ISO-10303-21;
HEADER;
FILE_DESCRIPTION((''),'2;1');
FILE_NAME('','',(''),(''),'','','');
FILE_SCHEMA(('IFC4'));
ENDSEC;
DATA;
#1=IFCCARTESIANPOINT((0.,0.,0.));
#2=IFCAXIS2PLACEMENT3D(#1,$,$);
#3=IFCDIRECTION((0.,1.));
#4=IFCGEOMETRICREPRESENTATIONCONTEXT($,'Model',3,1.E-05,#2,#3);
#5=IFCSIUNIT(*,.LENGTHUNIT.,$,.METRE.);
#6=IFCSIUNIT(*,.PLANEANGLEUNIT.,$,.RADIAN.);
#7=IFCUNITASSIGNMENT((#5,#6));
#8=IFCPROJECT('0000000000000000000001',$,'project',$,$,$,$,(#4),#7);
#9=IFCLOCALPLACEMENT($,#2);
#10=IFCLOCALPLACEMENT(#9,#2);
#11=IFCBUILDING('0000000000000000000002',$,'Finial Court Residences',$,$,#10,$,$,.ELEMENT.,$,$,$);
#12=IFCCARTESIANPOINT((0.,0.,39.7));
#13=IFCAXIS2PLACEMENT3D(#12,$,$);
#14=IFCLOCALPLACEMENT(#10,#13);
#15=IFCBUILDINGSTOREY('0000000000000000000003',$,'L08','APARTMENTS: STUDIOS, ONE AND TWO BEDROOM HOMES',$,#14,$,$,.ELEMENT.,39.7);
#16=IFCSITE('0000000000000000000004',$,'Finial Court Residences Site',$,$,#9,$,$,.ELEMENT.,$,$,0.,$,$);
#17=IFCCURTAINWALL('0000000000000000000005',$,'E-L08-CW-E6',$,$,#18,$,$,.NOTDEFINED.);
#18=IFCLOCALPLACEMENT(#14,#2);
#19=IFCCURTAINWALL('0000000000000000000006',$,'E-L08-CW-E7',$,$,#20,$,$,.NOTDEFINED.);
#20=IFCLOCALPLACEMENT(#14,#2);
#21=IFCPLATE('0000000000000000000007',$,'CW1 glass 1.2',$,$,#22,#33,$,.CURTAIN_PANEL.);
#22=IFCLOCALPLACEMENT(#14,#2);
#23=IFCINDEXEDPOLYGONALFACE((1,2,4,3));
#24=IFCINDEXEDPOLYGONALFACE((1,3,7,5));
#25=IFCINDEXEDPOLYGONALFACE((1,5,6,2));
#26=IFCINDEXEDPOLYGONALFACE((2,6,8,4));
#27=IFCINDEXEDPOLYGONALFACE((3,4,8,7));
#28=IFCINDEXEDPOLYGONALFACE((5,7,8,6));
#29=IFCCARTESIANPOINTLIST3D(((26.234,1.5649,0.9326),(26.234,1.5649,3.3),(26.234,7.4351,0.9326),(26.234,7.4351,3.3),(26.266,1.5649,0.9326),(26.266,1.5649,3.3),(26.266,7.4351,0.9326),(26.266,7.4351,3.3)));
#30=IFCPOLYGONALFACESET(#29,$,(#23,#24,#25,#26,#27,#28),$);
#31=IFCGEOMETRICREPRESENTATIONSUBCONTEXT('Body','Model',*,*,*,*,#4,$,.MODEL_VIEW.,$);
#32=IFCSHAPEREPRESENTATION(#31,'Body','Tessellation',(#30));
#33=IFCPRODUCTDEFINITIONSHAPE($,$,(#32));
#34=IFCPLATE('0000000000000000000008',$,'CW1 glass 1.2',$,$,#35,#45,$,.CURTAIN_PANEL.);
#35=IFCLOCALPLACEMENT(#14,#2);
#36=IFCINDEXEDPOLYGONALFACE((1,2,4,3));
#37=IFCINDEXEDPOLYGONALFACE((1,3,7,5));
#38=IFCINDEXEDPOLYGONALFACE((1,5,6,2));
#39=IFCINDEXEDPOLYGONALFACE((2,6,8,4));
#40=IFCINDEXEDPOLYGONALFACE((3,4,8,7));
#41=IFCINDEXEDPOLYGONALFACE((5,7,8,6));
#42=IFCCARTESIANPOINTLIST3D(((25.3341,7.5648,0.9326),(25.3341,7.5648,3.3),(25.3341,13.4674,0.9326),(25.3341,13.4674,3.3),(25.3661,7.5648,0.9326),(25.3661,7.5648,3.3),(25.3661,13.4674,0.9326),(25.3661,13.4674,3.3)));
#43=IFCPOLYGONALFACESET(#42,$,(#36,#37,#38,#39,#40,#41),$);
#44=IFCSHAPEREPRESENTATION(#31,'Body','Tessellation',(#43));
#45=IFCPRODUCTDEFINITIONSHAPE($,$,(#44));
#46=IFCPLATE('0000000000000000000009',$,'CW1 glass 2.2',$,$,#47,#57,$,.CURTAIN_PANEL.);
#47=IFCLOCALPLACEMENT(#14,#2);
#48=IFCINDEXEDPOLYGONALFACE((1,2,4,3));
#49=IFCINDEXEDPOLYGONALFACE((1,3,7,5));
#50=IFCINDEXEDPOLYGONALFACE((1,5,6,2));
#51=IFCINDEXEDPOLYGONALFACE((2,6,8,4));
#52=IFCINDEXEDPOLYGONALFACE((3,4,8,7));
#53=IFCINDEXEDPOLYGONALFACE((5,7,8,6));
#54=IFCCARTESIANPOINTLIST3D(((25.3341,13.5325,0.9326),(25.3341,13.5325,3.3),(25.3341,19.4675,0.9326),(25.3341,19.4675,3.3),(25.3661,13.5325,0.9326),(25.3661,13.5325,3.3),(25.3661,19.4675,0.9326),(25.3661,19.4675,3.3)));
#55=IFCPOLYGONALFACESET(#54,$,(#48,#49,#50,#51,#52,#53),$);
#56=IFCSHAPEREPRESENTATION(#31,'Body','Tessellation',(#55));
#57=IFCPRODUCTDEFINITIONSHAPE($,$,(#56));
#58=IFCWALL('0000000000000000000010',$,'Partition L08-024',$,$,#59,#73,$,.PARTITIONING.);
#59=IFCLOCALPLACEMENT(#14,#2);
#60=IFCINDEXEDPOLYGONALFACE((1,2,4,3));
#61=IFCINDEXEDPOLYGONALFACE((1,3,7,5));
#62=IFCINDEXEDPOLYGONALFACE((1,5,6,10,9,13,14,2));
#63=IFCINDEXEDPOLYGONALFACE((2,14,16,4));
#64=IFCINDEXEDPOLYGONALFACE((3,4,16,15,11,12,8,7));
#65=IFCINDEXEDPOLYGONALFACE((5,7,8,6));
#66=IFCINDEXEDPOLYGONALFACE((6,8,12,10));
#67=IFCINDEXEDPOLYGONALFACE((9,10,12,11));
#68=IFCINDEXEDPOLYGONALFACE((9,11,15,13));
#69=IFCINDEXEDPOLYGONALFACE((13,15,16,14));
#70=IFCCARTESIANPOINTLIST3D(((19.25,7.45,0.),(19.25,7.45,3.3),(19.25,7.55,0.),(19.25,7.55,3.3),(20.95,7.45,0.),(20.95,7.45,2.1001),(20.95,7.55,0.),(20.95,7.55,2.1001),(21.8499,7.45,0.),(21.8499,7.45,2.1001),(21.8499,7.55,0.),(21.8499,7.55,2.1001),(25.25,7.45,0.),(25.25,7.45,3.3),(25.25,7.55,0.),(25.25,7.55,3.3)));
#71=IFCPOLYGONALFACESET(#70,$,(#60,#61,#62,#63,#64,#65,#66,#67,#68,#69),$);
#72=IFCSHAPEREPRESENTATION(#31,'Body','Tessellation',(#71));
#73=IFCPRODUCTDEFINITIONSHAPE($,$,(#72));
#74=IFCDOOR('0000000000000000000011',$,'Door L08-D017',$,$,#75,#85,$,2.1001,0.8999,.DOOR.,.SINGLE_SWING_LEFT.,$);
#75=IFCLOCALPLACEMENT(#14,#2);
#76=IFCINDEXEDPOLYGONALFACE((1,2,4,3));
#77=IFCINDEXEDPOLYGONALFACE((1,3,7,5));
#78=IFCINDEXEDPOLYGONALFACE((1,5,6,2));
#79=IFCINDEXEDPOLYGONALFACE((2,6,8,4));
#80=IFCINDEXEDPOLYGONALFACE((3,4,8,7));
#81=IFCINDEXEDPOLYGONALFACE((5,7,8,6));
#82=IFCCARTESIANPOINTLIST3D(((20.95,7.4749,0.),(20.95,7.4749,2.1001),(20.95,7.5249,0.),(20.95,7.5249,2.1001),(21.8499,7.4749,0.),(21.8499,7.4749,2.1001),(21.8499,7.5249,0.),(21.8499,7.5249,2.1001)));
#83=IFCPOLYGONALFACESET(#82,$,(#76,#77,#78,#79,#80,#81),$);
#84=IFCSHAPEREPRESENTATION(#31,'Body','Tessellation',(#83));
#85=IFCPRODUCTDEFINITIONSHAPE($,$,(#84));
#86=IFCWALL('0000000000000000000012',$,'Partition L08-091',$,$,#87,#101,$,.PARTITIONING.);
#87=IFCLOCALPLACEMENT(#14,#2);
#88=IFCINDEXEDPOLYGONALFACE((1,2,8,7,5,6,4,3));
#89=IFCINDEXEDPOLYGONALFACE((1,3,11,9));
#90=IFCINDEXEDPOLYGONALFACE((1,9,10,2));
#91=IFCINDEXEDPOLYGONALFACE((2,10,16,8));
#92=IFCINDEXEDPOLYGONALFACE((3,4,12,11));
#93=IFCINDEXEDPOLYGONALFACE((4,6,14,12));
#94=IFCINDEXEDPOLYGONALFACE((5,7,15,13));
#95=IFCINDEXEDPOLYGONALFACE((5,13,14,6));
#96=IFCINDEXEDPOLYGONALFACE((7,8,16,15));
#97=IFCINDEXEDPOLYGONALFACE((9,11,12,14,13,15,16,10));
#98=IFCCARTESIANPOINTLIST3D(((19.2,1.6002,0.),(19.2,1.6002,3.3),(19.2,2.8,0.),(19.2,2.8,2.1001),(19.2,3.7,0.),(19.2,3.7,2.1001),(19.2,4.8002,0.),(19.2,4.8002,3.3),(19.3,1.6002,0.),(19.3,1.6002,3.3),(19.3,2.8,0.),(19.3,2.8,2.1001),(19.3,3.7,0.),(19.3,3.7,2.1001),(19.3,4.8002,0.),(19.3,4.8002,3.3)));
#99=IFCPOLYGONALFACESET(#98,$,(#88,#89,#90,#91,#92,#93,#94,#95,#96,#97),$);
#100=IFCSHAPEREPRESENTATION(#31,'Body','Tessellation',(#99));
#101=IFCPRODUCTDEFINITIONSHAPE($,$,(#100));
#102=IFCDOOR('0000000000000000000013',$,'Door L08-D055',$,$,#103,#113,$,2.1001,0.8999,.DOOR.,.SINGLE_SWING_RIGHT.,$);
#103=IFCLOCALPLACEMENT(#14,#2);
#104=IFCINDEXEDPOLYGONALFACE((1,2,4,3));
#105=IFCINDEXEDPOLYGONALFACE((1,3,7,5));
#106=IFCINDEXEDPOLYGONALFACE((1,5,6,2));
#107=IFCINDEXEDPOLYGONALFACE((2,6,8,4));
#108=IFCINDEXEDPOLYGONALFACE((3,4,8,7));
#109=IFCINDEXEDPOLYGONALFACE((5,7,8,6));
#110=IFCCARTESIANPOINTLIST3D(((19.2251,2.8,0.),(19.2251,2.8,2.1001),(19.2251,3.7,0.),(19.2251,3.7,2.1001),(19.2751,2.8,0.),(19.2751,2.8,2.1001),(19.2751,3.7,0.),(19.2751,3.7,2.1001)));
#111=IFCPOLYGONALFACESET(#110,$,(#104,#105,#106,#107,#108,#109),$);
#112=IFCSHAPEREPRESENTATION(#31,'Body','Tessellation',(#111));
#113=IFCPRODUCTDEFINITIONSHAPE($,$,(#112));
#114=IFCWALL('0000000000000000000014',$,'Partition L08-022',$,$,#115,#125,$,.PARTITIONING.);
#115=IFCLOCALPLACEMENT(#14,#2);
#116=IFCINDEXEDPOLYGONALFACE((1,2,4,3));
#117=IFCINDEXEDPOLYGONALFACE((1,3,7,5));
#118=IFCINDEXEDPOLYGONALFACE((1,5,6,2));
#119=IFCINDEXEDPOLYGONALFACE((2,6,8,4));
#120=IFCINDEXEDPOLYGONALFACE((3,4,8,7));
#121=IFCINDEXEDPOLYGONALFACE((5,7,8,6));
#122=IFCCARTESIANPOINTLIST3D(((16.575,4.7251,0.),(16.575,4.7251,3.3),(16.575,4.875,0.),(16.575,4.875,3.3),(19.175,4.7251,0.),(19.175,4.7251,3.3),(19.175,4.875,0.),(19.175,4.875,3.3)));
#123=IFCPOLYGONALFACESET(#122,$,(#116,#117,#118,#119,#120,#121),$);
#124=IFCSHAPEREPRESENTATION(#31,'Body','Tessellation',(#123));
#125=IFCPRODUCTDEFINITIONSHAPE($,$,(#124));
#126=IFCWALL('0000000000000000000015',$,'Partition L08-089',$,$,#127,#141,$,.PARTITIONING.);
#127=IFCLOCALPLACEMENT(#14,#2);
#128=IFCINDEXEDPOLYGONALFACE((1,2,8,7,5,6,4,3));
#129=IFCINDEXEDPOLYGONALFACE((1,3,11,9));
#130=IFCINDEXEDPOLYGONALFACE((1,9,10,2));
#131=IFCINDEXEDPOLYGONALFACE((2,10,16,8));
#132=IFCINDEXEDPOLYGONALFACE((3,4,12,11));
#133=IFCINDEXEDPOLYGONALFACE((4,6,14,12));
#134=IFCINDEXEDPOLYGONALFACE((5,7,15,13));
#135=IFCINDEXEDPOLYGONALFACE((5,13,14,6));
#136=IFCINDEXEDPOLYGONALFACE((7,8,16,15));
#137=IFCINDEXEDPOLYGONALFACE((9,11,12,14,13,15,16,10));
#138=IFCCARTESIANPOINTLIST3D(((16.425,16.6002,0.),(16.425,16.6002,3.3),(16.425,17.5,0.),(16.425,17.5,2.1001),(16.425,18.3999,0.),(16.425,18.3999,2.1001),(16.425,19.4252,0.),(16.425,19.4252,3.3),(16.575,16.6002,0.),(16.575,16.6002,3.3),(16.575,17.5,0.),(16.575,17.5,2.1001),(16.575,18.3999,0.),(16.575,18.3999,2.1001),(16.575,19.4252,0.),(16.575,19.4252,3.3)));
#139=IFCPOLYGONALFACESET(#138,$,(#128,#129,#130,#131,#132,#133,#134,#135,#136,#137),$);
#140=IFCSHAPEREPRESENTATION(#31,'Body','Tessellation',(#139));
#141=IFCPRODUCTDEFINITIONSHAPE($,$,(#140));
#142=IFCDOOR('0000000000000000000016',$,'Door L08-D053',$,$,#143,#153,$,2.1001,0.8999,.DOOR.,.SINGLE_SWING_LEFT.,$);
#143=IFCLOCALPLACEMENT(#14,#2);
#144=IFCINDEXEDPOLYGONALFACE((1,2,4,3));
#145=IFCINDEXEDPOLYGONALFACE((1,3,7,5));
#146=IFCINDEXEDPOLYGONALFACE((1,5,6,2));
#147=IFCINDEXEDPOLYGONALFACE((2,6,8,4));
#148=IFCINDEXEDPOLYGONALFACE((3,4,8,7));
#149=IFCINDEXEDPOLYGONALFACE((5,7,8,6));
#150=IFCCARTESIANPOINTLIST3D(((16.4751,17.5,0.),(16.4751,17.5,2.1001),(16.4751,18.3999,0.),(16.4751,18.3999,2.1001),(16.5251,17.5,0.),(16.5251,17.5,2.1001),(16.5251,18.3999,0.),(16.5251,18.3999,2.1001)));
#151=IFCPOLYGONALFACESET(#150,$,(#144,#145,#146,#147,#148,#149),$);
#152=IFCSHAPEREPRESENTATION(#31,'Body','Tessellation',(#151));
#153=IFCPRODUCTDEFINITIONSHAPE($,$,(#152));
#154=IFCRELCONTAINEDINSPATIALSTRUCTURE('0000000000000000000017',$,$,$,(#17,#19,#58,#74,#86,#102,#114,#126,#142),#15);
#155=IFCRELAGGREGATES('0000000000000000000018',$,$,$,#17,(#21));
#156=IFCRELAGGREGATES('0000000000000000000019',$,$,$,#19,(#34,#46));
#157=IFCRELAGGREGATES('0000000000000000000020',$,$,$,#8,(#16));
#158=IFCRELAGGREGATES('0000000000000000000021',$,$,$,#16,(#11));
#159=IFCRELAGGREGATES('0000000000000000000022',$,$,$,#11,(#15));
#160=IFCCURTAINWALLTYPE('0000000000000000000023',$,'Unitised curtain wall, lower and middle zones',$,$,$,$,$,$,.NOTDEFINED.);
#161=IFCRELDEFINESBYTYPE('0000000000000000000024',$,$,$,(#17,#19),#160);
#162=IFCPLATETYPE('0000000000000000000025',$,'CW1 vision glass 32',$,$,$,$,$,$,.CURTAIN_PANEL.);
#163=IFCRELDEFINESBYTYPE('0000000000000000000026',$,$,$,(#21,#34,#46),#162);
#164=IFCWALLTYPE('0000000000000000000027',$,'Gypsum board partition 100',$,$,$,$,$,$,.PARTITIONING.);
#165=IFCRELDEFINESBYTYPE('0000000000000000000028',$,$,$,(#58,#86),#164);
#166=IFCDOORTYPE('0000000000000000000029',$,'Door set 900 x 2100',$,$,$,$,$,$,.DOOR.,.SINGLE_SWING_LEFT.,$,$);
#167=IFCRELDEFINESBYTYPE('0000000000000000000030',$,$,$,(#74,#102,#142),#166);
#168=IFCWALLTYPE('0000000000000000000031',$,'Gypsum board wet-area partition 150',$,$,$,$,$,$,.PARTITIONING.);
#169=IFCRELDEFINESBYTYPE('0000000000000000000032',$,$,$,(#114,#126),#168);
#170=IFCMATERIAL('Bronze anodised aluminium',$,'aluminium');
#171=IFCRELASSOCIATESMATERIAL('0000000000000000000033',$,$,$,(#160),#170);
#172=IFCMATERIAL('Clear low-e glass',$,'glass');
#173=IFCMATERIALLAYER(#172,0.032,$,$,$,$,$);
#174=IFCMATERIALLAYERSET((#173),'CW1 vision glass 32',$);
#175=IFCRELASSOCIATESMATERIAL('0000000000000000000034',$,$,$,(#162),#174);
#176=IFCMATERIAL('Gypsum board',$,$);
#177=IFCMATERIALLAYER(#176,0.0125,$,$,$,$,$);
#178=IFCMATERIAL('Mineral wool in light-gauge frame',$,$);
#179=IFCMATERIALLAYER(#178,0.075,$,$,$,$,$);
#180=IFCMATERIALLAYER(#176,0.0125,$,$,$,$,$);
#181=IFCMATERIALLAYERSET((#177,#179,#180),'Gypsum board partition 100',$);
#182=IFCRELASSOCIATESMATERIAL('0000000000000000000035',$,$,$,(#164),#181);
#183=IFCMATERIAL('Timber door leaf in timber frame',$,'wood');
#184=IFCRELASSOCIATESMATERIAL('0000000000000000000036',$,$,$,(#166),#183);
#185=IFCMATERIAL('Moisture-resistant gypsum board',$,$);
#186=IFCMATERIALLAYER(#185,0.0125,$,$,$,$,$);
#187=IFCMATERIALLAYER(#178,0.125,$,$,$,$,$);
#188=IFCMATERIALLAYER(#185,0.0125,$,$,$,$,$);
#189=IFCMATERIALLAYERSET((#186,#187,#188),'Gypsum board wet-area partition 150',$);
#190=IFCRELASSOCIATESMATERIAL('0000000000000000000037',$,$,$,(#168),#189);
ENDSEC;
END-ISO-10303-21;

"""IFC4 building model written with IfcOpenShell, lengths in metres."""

from ifc_helpers import new_model, si_unit, direction, frame, frame_2d, origin, origin_2d, place, context, subcontext, project, spatial, rectangle, extrude, material, layer, layer_set, type_object, element, fill, aggregate, save


model = new_model("IFC4")

# Units and contexts
model_context = context("Model", 3, precision=1e-05, world=origin(), true_north=direction((0.0, 1.0)))
body_context = subcontext(model_context, "Body", "Model", "MODEL_VIEW")
ifc_project = project(units=[si_unit("LENGTHUNIT", "METRE"), si_unit("PLANEANGLEUNIT", "RADIAN")], contexts=[model_context])

# Site, building, storey
site_placement = place(None, origin())
site = spatial("IfcSite", under=ifc_project, at=site_placement, Name="Finial Court Residences Site", CompositionType="ELEMENT", RefElevation=0.0)
building_placement = place(site_placement, origin())
building = spatial("IfcBuilding", under=site, at=building_placement, Name="Finial Court Residences", CompositionType="ELEMENT")
storey_placement = place(building_placement, frame((0.0, 0.0, 39.7)))
storey = spatial("IfcBuildingStorey", under=building, at=storey_placement, Name="L08", Description="APARTMENTS: STUDIOS, ONE AND TWO BEDROOM HOMES", CompositionType="ELEMENT", Elevation=39.7)

# Curtain walls
ifc_material_1 = material(Name="Bronze anodised aluminium", Category="aluminium")
curtain_wall_type = type_object("IfcCurtainWallType", Name="Unitised curtain wall, lower and middle zones", PredefinedType="NOTDEFINED", material=ifc_material_1)
curtain_wall_1_placement = place(storey_placement, origin())
curtain_wall_1 = element("IfcCurtainWall", 1, at=curtain_wall_1_placement, inside=storey, type_object=curtain_wall_type, Name="E-L08-CW-E6", PredefinedType="NOTDEFINED")
curtain_wall_2_placement = place(storey_placement, origin())
curtain_wall_2 = element("IfcCurtainWall", 2, at=curtain_wall_2_placement, inside=storey, type_object=curtain_wall_type, Name="E-L08-CW-E7", PredefinedType="NOTDEFINED")

# Plates
ifc_material_2 = material(Name="Clear low-e glass", Category="glass")
ifc_layer_1 = layer(ifc_material_2, 0.032)
ifc_layer_set_1 = layer_set([ifc_layer_1], Name="CW1 vision glass 32")
plate_type_1 = type_object("IfcPlateType", Name="CW1 vision glass 32", PredefinedType="CURTAIN_PANEL", material=ifc_layer_set_1)
plate_1_placement = place(storey_placement, frame((26.25, 4.5, 0.9326), z_axis=(0.0, 0.0, 1.0), x_axis=(0.0, 1.0, 0.0)))
plate_1 = element("IfcPlate", 3, at=plate_1_placement, type_object=plate_type_1, Name="CW1 glass 1.2", PredefinedType="CURTAIN_PANEL", context=body_context, shape_type="SweptSolid", body=[
    extrude(rectangle(XDim=5.8701, YDim=0.032, at=origin_2d()), origin(), (0.0, 0.0, 1.0), 2.3674),
])
aggregate(curtain_wall_1, [plate_1])
plate_2_placement = place(storey_placement, frame((25.3501, 10.5161, 0.9326), z_axis=(0.0, 0.0, 1.0), x_axis=(0.0, 1.0, 0.0)))
plate_2 = element("IfcPlate", 4, at=plate_2_placement, type_object=plate_type_1, Name="CW1 glass 1.2", PredefinedType="CURTAIN_PANEL", context=body_context, shape_type="SweptSolid", body=[
    extrude(rectangle(XDim=5.9026, YDim=0.032, at=origin_2d()), origin(), (0.0, 0.0, 1.0), 2.3674),
])
plate_3_placement = place(storey_placement, frame((25.3501, 16.5, 0.9326), z_axis=(0.0, 0.0, 1.0), x_axis=(0.0, 1.0, 0.0)))
plate_3 = element("IfcPlate", 5, at=plate_3_placement, type_object=plate_type_1, Name="CW1 glass 2.2", PredefinedType="CURTAIN_PANEL", context=body_context, shape_type="SweptSolid", body=[
    extrude(rectangle(XDim=5.9351, YDim=0.032, at=origin_2d()), origin(), (0.0, 0.0, 1.0), 2.3674),
])
aggregate(curtain_wall_2, [plate_2, plate_3])

# Walls, openings, doors
ifc_material_3 = material(Name="Gypsum board")
ifc_layer_2 = layer(ifc_material_3, 0.0125)
ifc_material_4 = material(Name="Mineral wool in light-gauge frame")
ifc_layer_3 = layer(ifc_material_4, 0.075)
ifc_layer_4 = layer(ifc_material_3, 0.0125)
ifc_layer_set_2 = layer_set([ifc_layer_2, ifc_layer_3, ifc_layer_4], Name="Gypsum board partition 100")
wall_type_1 = type_object("IfcWallType", Name="Gypsum board partition 100", PredefinedType="PARTITIONING", material=ifc_layer_set_2)
wall_1_placement = place(storey_placement, frame((19.25, 7.5, 0.0), z_axis=(0.0, 0.0, 1.0), x_axis=(1.0, 0.0, 0.0)))
wall_1 = element("IfcWall", 6, at=wall_1_placement, inside=storey, type_object=wall_type_1, Name="Partition L08-024", PredefinedType="PARTITIONING", context=body_context, shape_type="SweptSolid", body=[
    extrude(rectangle(XDim=6.0, YDim=0.1001, at=frame_2d((3.0, 0.0))), origin(), (0.0, 0.0, 1.0), 3.3),
])
opening_1_placement = place(wall_1_placement, frame((1.7, 0.0, 0.0)))
opening_1 = element("IfcOpeningElement", 7, at=opening_1_placement, cuts=wall_1, PredefinedType="OPENING", context=body_context, shape_type="SweptSolid", body=[
    extrude(rectangle(XDim=0.8999, YDim=2.1001, at=frame_2d((0.45, 1.05))), frame((0.0, 0.0601, 0.0), z_axis=(0.0, -1.0, 0.0), x_axis=(1.0, 0.0, 0.0)), (0.0, 0.0, 1.0), 0.1201),
])
ifc_material_5 = material(Name="Timber door leaf in timber frame", Category="wood")
door_type = type_object("IfcDoorType", Name="Door set 900 x 2100", OperationType="SINGLE_SWING_LEFT", PredefinedType="DOOR", material=ifc_material_5)
door_1_placement = place(opening_1_placement, origin())
door_1 = element("IfcDoor", 8, at=door_1_placement, inside=storey, type_object=door_type, Name="Door L08-D017", OperationType="SINGLE_SWING_LEFT", OverallHeight=2.1001, OverallWidth=0.8999, PredefinedType="DOOR", context=body_context, shape_type="SweptSolid", body=[
    extrude(rectangle(XDim=0.8999, YDim=2.1001, at=frame_2d((0.45, 1.05))), frame((0.0, 0.0249, 0.0), z_axis=(0.0, -1.0, 0.0), x_axis=(1.0, 0.0, 0.0)), (0.0, 0.0, 1.0), 0.05),
])
fill(opening_1, door_1)
wall_2_placement = place(storey_placement, frame((19.25, 1.6001, 0.0), z_axis=(0.0, 0.0, 1.0), x_axis=(0.0, 1.0, 0.0)))
wall_2 = element("IfcWall", 9, at=wall_2_placement, inside=storey, type_object=wall_type_1, Name="Partition L08-091", PredefinedType="PARTITIONING", context=body_context, shape_type="SweptSolid", body=[
    extrude(rectangle(XDim=3.2, YDim=0.1001, at=frame_2d((1.6001, 0.0))), origin(), (0.0, 0.0, 1.0), 3.3),
])
opening_2_placement = place(wall_2_placement, frame((1.2, 0.0, 0.0)))
opening_2 = element("IfcOpeningElement", 10, at=opening_2_placement, cuts=wall_2, PredefinedType="OPENING", context=body_context, shape_type="SweptSolid", body=[
    extrude(rectangle(XDim=0.8999, YDim=2.1001, at=frame_2d((0.45, 1.05))), frame((0.0, 0.0601, 0.0), z_axis=(0.0, -1.0, 0.0), x_axis=(1.0, 0.0, 0.0)), (0.0, 0.0, 1.0), 0.1201),
])
door_2_placement = place(opening_2_placement, origin())
door_2 = element("IfcDoor", 11, at=door_2_placement, inside=storey, type_object=door_type, Name="Door L08-D055", OperationType="SINGLE_SWING_RIGHT", OverallHeight=2.1001, OverallWidth=0.8999, PredefinedType="DOOR", context=body_context, shape_type="SweptSolid", body=[
    extrude(rectangle(XDim=0.8999, YDim=2.1001, at=frame_2d((0.45, 1.05))), frame((0.0, 0.0249, 0.0), z_axis=(0.0, -1.0, 0.0), x_axis=(1.0, 0.0, 0.0)), (0.0, 0.0, 1.0), 0.05),
])
fill(opening_2, door_2)

# Wall
ifc_material_6 = material(Name="Moisture-resistant gypsum board")
ifc_layer_5 = layer(ifc_material_6, 0.0125)
ifc_layer_6 = layer(ifc_material_4, 0.125)
ifc_layer_7 = layer(ifc_material_6, 0.0125)
ifc_layer_set_3 = layer_set([ifc_layer_5, ifc_layer_6, ifc_layer_7], Name="Gypsum board wet-area partition 150")
wall_type_2 = type_object("IfcWallType", Name="Gypsum board wet-area partition 150", PredefinedType="PARTITIONING", material=ifc_layer_set_3)
wall_3_placement = place(storey_placement, frame((16.575, 4.8, 0.0), z_axis=(0.0, 0.0, 1.0), x_axis=(1.0, 0.0, 0.0)))
element("IfcWall", 12, at=wall_3_placement, inside=storey, type_object=wall_type_2, Name="Partition L08-022", PredefinedType="PARTITIONING", context=body_context, shape_type="SweptSolid", body=[
    extrude(rectangle(XDim=2.6001, YDim=0.1499, at=frame_2d((1.3, 0.0))), origin(), (0.0, 0.0, 1.0), 3.3),
])

# Wall, opening, door
wall_4_placement = place(storey_placement, frame((16.5, 16.6001, 0.0), z_axis=(0.0, 0.0, 1.0), x_axis=(0.0, 1.0, 0.0)))
wall_4 = element("IfcWall", 13, at=wall_4_placement, inside=storey, type_object=wall_type_2, Name="Partition L08-089", PredefinedType="PARTITIONING", context=body_context, shape_type="SweptSolid", body=[
    extrude(rectangle(XDim=2.825, YDim=0.1499, at=frame_2d((1.4126, 0.0))), origin(), (0.0, 0.0, 1.0), 3.3),
])
opening_3_placement = place(wall_4_placement, frame((0.8999, 0.0, 0.0)))
opening_3 = element("IfcOpeningElement", 14, at=opening_3_placement, cuts=wall_4, PredefinedType="OPENING", context=body_context, shape_type="SweptSolid", body=[
    extrude(rectangle(XDim=0.8999, YDim=2.1001, at=frame_2d((0.45, 1.05))), frame((0.0, 0.085, 0.0), z_axis=(0.0, -1.0, 0.0), x_axis=(1.0, 0.0, 0.0)), (0.0, 0.0, 1.0), 0.1699),
])
door_3_placement = place(opening_3_placement, origin())
door_3 = element("IfcDoor", 15, at=door_3_placement, inside=storey, type_object=door_type, Name="Door L08-D053", OperationType="SINGLE_SWING_LEFT", OverallHeight=2.1001, OverallWidth=0.8999, PredefinedType="DOOR", context=body_context, shape_type="SweptSolid", body=[
    extrude(rectangle(XDim=0.8999, YDim=2.1001, at=frame_2d((0.45, 1.05))), frame((0.0, 0.0249, 0.0), z_axis=(0.0, -1.0, 0.0), x_axis=(1.0, 0.0, 0.0)), (0.0, 0.0, 1.0), 0.05),
])
fill(opening_3, door_3)

save(model, "model.ifc")
